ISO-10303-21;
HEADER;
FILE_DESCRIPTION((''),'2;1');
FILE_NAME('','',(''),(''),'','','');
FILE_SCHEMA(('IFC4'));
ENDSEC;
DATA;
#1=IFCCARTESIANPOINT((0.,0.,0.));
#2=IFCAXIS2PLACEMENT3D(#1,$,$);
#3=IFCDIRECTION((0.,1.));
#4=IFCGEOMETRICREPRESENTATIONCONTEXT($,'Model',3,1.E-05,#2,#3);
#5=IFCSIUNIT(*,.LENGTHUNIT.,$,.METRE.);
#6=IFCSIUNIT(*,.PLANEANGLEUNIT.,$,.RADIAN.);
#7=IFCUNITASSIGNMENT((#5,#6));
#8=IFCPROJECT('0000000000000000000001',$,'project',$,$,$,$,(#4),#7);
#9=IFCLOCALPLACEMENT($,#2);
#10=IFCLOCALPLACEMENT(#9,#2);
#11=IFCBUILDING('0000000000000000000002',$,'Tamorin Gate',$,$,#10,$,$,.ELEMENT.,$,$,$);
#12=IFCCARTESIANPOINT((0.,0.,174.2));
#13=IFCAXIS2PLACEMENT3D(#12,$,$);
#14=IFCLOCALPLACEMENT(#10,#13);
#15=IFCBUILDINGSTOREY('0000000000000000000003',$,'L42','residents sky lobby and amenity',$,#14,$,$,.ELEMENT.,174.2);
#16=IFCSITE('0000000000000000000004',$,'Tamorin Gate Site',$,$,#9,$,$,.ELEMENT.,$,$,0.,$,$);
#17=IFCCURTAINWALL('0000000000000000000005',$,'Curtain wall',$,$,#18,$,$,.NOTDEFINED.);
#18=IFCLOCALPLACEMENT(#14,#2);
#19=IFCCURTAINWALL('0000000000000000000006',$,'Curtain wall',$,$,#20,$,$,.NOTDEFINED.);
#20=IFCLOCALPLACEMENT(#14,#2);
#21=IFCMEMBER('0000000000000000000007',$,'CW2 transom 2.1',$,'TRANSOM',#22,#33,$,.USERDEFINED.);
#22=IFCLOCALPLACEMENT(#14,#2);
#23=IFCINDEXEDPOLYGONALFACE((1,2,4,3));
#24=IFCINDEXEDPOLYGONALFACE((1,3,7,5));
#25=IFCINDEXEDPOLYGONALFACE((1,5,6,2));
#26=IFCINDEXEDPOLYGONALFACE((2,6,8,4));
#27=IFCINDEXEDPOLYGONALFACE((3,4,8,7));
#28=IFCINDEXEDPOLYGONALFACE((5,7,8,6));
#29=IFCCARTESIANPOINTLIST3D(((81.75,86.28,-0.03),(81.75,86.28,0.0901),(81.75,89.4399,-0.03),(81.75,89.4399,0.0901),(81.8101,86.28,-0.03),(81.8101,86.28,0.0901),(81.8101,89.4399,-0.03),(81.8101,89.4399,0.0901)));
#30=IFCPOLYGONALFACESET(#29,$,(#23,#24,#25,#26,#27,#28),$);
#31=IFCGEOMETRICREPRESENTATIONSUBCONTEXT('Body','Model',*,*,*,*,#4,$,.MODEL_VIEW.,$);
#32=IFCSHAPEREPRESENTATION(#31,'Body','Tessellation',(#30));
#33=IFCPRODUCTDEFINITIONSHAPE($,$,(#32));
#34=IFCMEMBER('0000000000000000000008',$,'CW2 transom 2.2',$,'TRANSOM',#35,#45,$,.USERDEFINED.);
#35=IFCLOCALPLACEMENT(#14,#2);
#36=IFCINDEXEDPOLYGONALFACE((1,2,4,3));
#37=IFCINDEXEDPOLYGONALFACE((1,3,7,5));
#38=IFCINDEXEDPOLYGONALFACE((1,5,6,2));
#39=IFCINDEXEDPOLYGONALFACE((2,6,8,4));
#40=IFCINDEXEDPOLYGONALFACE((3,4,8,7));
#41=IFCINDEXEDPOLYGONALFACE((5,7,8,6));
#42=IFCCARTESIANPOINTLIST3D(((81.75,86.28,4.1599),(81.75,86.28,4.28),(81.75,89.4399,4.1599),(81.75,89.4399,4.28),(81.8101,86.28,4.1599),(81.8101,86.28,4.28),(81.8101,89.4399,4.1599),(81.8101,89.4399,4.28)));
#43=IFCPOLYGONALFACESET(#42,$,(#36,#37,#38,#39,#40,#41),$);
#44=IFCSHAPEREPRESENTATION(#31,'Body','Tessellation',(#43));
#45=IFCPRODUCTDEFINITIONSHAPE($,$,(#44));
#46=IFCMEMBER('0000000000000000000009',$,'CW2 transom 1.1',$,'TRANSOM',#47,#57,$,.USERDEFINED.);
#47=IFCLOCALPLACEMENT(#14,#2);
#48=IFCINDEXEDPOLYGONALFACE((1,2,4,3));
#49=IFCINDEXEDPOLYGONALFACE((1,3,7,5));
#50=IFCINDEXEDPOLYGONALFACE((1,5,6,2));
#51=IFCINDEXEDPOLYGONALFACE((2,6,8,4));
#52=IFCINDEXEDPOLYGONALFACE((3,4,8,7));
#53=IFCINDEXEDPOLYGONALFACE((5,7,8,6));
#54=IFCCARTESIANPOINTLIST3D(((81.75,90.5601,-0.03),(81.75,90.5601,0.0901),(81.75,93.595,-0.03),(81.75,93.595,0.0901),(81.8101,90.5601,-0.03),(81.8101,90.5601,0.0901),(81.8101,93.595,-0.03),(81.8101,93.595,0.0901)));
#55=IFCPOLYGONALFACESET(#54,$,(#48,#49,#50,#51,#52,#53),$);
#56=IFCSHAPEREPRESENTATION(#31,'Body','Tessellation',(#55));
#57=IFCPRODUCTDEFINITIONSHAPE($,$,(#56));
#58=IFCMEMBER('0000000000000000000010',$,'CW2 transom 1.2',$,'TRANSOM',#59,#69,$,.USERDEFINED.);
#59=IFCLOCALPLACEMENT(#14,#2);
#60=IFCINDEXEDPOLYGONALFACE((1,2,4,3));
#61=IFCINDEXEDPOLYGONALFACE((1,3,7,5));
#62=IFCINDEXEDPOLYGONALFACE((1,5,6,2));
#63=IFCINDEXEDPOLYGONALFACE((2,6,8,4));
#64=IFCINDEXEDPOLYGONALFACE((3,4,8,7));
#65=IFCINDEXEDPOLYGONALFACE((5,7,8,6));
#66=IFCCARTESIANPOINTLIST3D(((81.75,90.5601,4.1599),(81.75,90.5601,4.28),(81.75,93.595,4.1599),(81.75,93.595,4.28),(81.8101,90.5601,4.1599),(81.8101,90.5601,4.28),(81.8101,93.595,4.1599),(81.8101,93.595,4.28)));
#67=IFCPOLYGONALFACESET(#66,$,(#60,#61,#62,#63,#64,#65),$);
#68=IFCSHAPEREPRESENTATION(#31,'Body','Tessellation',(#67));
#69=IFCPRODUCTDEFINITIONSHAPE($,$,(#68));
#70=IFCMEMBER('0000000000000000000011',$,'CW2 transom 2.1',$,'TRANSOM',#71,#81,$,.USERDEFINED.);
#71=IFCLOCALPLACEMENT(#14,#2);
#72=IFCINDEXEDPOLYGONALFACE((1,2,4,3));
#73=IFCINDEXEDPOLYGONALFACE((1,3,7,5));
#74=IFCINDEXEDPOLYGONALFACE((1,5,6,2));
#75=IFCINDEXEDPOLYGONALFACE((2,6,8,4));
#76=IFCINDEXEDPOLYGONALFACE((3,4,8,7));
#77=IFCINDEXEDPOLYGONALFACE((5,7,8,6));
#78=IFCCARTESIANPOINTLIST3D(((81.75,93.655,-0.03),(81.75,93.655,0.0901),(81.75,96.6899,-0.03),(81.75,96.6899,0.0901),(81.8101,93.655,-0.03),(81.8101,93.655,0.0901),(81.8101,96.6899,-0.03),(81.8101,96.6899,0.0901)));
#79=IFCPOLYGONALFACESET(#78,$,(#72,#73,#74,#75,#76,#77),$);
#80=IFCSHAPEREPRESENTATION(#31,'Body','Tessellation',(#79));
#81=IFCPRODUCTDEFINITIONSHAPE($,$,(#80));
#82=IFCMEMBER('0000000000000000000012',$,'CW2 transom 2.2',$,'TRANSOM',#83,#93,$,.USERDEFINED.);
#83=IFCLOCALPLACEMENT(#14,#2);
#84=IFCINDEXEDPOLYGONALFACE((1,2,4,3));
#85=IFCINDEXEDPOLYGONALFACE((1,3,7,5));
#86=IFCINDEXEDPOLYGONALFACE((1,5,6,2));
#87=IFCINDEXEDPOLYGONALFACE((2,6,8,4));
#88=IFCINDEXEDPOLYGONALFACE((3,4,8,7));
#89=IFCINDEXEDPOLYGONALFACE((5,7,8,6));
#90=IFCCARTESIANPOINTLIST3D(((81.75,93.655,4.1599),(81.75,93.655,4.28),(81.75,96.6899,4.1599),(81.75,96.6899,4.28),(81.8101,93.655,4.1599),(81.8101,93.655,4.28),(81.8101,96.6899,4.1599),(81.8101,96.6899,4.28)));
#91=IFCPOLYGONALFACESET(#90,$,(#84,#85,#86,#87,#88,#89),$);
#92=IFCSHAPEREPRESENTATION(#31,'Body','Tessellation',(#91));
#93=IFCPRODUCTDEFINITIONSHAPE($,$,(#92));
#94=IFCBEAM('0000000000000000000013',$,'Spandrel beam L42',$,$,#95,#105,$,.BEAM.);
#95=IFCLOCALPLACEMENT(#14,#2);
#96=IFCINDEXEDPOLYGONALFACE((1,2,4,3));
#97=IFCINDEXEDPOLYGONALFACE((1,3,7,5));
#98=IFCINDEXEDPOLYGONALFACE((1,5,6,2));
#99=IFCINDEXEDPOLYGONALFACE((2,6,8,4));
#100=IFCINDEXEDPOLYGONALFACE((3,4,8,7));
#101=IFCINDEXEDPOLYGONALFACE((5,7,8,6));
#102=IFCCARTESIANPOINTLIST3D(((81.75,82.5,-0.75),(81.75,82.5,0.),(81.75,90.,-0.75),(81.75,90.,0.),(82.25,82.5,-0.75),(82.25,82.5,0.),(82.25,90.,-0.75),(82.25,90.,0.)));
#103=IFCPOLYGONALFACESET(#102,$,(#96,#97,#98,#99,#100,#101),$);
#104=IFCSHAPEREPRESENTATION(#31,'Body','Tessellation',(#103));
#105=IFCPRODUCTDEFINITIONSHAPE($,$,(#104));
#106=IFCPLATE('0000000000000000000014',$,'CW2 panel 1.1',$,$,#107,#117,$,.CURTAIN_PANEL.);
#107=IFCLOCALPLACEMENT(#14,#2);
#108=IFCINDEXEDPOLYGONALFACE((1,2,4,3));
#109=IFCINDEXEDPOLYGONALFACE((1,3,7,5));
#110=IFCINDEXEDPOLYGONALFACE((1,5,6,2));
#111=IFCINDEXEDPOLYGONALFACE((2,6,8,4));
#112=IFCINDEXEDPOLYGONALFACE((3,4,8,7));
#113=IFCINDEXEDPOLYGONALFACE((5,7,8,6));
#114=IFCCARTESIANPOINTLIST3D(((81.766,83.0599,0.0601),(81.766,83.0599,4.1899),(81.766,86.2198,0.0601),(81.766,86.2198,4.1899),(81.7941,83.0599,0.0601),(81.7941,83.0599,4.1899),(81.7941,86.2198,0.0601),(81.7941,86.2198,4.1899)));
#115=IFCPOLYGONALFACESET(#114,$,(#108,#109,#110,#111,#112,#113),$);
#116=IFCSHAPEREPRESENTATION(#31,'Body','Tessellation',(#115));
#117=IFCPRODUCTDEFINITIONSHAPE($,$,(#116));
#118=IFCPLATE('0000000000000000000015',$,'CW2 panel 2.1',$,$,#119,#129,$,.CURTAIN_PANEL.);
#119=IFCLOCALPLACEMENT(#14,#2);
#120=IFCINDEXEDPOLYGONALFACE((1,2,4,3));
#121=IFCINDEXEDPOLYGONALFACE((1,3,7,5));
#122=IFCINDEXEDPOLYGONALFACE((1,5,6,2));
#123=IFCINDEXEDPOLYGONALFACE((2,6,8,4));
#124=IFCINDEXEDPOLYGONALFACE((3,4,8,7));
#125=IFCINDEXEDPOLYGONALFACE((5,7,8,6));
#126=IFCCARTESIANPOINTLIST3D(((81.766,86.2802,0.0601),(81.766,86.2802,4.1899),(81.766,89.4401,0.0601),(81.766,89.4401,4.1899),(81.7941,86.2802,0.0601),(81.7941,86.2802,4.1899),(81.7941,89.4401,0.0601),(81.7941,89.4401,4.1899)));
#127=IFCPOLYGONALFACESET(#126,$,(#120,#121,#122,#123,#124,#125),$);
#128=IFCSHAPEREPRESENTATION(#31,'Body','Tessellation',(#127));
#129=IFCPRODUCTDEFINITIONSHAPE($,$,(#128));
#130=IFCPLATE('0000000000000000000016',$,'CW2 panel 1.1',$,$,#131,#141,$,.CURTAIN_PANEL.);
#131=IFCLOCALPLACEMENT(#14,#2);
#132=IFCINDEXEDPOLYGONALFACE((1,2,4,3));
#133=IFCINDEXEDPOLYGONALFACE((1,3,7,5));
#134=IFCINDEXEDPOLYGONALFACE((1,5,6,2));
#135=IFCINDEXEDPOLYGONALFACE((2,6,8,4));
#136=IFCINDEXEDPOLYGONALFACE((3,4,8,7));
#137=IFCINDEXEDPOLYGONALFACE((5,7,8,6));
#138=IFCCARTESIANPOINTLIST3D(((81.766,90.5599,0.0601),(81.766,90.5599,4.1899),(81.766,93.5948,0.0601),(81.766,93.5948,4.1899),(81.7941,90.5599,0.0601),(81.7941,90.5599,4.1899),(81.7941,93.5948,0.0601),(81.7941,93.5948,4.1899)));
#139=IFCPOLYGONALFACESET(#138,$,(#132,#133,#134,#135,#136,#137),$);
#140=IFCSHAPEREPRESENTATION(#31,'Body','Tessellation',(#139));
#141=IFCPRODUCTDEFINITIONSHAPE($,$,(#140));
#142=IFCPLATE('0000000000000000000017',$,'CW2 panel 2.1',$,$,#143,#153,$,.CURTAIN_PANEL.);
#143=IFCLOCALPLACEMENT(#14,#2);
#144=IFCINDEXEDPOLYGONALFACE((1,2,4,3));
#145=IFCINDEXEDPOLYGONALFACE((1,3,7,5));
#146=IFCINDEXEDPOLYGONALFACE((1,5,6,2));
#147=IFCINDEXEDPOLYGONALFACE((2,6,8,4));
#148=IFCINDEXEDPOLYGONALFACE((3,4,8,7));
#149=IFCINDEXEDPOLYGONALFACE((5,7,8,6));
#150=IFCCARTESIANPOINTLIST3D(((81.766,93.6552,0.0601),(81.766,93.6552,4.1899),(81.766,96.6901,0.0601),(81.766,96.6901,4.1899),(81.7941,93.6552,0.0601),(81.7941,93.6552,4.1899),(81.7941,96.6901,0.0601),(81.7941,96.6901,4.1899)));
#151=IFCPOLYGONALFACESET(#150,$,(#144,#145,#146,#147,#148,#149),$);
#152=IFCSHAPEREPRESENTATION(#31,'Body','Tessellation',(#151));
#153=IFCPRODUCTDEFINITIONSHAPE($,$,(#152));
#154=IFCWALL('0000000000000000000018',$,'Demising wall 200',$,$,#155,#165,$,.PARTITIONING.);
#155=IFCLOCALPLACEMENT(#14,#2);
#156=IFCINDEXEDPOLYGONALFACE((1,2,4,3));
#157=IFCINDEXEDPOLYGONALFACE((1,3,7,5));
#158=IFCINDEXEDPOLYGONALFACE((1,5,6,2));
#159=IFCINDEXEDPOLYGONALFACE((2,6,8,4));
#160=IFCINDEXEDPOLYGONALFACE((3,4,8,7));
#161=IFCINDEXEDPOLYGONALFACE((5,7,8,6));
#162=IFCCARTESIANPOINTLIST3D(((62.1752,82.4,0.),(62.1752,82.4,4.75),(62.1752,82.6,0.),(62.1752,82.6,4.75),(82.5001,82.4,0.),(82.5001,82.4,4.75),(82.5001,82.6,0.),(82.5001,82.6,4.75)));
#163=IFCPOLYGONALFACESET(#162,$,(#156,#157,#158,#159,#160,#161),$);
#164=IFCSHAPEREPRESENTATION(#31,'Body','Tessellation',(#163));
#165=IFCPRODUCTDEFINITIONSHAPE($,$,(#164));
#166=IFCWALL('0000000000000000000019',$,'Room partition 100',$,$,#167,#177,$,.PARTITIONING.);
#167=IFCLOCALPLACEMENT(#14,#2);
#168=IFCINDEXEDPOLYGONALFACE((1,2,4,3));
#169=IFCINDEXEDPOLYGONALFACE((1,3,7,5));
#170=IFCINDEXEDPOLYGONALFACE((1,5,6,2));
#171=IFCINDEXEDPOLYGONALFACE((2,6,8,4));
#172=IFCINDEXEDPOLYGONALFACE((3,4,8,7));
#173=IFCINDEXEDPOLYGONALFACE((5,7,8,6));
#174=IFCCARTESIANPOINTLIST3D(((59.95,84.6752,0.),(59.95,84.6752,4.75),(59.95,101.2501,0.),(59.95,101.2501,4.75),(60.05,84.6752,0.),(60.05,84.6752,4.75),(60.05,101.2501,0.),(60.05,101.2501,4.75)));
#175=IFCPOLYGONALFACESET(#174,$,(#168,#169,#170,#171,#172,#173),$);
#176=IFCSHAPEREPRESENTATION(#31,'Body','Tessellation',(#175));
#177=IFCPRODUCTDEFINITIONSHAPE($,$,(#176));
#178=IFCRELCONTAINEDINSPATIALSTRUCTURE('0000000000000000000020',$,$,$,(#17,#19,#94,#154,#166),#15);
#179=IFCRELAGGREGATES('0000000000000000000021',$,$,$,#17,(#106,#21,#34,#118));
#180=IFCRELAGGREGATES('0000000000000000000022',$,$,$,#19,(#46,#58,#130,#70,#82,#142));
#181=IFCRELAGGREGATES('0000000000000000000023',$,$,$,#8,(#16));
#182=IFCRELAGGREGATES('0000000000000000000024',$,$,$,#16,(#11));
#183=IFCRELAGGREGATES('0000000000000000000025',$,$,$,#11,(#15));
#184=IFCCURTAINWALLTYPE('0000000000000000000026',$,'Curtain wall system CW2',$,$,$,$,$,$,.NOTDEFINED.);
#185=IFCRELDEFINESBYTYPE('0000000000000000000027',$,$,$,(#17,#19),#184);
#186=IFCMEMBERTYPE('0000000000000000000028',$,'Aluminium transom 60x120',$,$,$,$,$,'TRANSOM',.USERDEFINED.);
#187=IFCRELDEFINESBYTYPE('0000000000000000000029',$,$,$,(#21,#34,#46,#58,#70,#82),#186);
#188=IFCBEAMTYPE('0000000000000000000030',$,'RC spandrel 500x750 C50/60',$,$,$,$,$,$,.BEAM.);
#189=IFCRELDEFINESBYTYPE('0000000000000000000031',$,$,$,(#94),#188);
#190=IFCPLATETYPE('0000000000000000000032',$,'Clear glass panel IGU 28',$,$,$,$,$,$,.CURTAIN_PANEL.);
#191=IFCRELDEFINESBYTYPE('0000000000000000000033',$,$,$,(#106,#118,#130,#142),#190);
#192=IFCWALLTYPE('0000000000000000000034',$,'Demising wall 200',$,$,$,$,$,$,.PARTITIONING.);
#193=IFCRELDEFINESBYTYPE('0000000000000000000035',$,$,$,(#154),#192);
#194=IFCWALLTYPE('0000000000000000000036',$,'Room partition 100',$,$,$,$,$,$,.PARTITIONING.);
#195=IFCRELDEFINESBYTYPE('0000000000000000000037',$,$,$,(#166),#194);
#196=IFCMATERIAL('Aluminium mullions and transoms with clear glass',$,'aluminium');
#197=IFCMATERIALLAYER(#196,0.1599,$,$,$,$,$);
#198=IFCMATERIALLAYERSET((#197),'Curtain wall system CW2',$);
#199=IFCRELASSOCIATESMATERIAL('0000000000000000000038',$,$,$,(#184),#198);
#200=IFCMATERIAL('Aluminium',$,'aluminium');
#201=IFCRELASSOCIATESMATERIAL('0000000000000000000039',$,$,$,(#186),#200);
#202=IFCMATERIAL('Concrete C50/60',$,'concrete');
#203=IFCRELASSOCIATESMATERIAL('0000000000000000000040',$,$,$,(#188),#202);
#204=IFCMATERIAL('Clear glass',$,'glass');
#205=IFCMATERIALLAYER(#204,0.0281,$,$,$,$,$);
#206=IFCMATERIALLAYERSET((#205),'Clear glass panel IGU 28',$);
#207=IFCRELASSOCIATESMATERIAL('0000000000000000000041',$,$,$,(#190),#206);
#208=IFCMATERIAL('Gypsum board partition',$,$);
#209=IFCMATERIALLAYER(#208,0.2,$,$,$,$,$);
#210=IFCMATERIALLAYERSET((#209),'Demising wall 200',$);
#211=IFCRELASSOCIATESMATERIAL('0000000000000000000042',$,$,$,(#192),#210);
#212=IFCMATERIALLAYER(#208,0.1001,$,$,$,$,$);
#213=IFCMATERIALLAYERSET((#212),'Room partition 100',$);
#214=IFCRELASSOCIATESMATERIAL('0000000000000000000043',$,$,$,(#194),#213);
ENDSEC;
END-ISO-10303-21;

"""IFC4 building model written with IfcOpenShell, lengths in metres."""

from ifc_helpers import new_model, si_unit, direction, frame, frame_2d, origin, origin_2d, place, context, subcontext, project, spatial, rectangle, extrude, material, layer, layer_set, material_profile, profile_set, type_object, element, aggregate, save


model = new_model("IFC4")

# Units and contexts
model_context = context("Model", 3, precision=1e-05, world=origin(), true_north=direction((0.0, 1.0)))
body_context = subcontext(model_context, "Body", "Model", "MODEL_VIEW")
ifc_project = project(units=[si_unit("LENGTHUNIT", "METRE"), si_unit("PLANEANGLEUNIT", "RADIAN")], contexts=[model_context])

# Site, building, storey
site_placement = place(None, origin())
site = spatial("IfcSite", under=ifc_project, at=site_placement, Name="Tamorin Gate Site", CompositionType="ELEMENT", RefElevation=0.0)
building_placement = place(site_placement, origin())
building = spatial("IfcBuilding", under=site, at=building_placement, Name="Tamorin Gate", CompositionType="ELEMENT")
storey_placement = place(building_placement, frame((0.0, 0.0, 174.2)))
storey = spatial("IfcBuildingStorey", under=building, at=storey_placement, Name="L42", Description="residents sky lobby and amenity", CompositionType="ELEMENT", Elevation=174.2)

# Shared definitions
ifc_material_1 = material(Name="Aluminium mullions and transoms with clear glass", Category="aluminium")
ifc_layer_1 = layer(ifc_material_1, 0.1599)
ifc_layer_set_1 = layer_set([ifc_layer_1], Name="Curtain wall system CW2")
curtain_wall_type = type_object("IfcCurtainWallType", Name="Curtain wall system CW2", PredefinedType="NOTDEFINED", material=ifc_layer_set_1)
ifc_material_2 = material(Name="Aluminium", Category="aluminium")

# Curtain walls
curtain_wall_1_placement = place(storey_placement, origin())
curtain_wall_1 = element("IfcCurtainWall", 1, at=curtain_wall_1_placement, inside=storey, type_object=curtain_wall_type, Name="Curtain wall", PredefinedType="NOTDEFINED")
curtain_wall_2_placement = place(storey_placement, origin())
curtain_wall_2 = element("IfcCurtainWall", 2, at=curtain_wall_2_placement, inside=storey, type_object=curtain_wall_type, Name="Curtain wall", PredefinedType="NOTDEFINED")

# Members
ifc_material_profile_1 = material_profile(ifc_material_2, rectangle(XDim=0.0601, YDim=0.1201, at=origin_2d()), Name="RECT 60x120")
ifc_profile_set_1 = profile_set([ifc_material_profile_1], Name="Aluminium")
member_type_1 = type_object("IfcMemberType", Name="Aluminium transom 60x120", ElementType="TRANSOM", PredefinedType="USERDEFINED", material=ifc_profile_set_1)
member_1_placement = place(storey_placement, frame((81.78, 86.28, 0.03), z_axis=(0.0, 1.0, 0.0), x_axis=(-1.0, 0.0, 0.0)))
member_1 = element("IfcMember", 3, at=member_1_placement, type_object=member_type_1, Name="CW2 transom 2.1", ObjectType="TRANSOM", PredefinedType="USERDEFINED", context=body_context, shape_type="SweptSolid", body=[
    extrude(rectangle(XDim=0.0601, YDim=0.1201, at=origin_2d()), origin(), (0.0, 0.0, 1.0), 3.1599),
])
member_2_placement = place(storey_placement, frame((81.78, 86.28, 4.22), z_axis=(0.0, 1.0, 0.0), x_axis=(-1.0, 0.0, 0.0)))
member_2 = element("IfcMember", 4, at=member_2_placement, type_object=member_type_1, Name="CW2 transom 2.2", ObjectType="TRANSOM", PredefinedType="USERDEFINED", context=body_context, shape_type="SweptSolid", body=[
    extrude(rectangle(XDim=0.0601, YDim=0.1201, at=origin_2d()), origin(), (0.0, 0.0, 1.0), 3.1599),
])
member_3_placement = place(storey_placement, frame((81.78, 90.5601, 0.03), z_axis=(0.0, 1.0, 0.0), x_axis=(-1.0, 0.0, 0.0)))
member_3 = element("IfcMember", 5, at=member_3_placement, type_object=member_type_1, Name="CW2 transom 1.1", ObjectType="TRANSOM", PredefinedType="USERDEFINED", context=body_context, shape_type="SweptSolid", body=[
    extrude(rectangle(XDim=0.0601, YDim=0.1201, at=origin_2d()), origin(), (0.0, 0.0, 1.0), 3.0349),
])
member_4_placement = place(storey_placement, frame((81.78, 90.5601, 4.22), z_axis=(0.0, 1.0, 0.0), x_axis=(-1.0, 0.0, 0.0)))
member_4 = element("IfcMember", 6, at=member_4_placement, type_object=member_type_1, Name="CW2 transom 1.2", ObjectType="TRANSOM", PredefinedType="USERDEFINED", context=body_context, shape_type="SweptSolid", body=[
    extrude(rectangle(XDim=0.0601, YDim=0.1201, at=origin_2d()), origin(), (0.0, 0.0, 1.0), 3.0349),
])
member_5_placement = place(storey_placement, frame((81.78, 93.655, 0.03), z_axis=(0.0, 1.0, 0.0), x_axis=(-1.0, 0.0, 0.0)))
member_5 = element("IfcMember", 7, at=member_5_placement, type_object=member_type_1, Name="CW2 transom 2.1", ObjectType="TRANSOM", PredefinedType="USERDEFINED", context=body_context, shape_type="SweptSolid", body=[
    extrude(rectangle(XDim=0.0601, YDim=0.1201, at=origin_2d()), origin(), (0.0, 0.0, 1.0), 3.0349),
])
member_6_placement = place(storey_placement, frame((81.78, 93.655, 4.22), z_axis=(0.0, 1.0, 0.0), x_axis=(-1.0, 0.0, 0.0)))
member_6 = element("IfcMember", 8, at=member_6_placement, type_object=member_type_1, Name="CW2 transom 2.2", ObjectType="TRANSOM", PredefinedType="USERDEFINED", context=body_context, shape_type="SweptSolid", body=[
    extrude(rectangle(XDim=0.0601, YDim=0.1201, at=origin_2d()), origin(), (0.0, 0.0, 1.0), 3.0349),
])

# Beam
ifc_material_3 = material(Name="Concrete C50/60", Category="concrete")
ifc_material_profile_2 = material_profile(ifc_material_3, rectangle(XDim=0.5, YDim=0.75, at=origin_2d()), Name="RC 500x750")
ifc_profile_set_2 = profile_set([ifc_material_profile_2], Name="Concrete C50/60")
beam_type = type_object("IfcBeamType", Name="RC spandrel 500x750 C50/60", PredefinedType="BEAM", material=ifc_profile_set_2)
beam_placement = place(storey_placement, frame((82.0, 82.5, -0.375), z_axis=(0.0, 1.0, 0.0), x_axis=(-1.0, 0.0, 0.0)))
element("IfcBeam", 9, at=beam_placement, inside=storey, type_object=beam_type, Name="Spandrel beam L42", PredefinedType="BEAM", context=body_context, shape_type="SweptSolid", body=[
    extrude(rectangle(XDim=0.5, YDim=0.75, at=origin_2d()), origin(), (0.0, 0.0, 1.0), 7.5),
])

# Plates
ifc_material_4 = material(Name="Clear glass", Category="glass")
ifc_layer_2 = layer(ifc_material_4, 0.0281)
ifc_layer_set_2 = layer_set([ifc_layer_2], Name="Clear glass panel IGU 28")
plate_type = type_object("IfcPlateType", Name="Clear glass panel IGU 28", PredefinedType="CURTAIN_PANEL", material=ifc_layer_set_2)
plate_1_placement = place(storey_placement, frame((81.78, 84.6399, 0.0601), z_axis=(0.0, 0.0, 1.0), x_axis=(0.0, 1.0, 0.0)))
plate_1 = element("IfcPlate", 10, at=plate_1_placement, type_object=plate_type, Name="CW2 panel 1.1", PredefinedType="CURTAIN_PANEL", context=body_context, shape_type="SweptSolid", body=[
    extrude(rectangle(XDim=3.1599, YDim=0.0281, at=origin_2d()), origin(), (0.0, 0.0, 1.0), 4.1299),
])
plate_2_placement = place(storey_placement, frame((81.78, 87.8601, 0.0601), z_axis=(0.0, 0.0, 1.0), x_axis=(0.0, 1.0, 0.0)))
plate_2 = element("IfcPlate", 11, at=plate_2_placement, type_object=plate_type, Name="CW2 panel 2.1", PredefinedType="CURTAIN_PANEL", context=body_context, shape_type="SweptSolid", body=[
    extrude(rectangle(XDim=3.1599, YDim=0.0281, at=origin_2d()), origin(), (0.0, 0.0, 1.0), 4.1299),
])
aggregate(curtain_wall_1, [plate_1, member_1, member_2, plate_2])
plate_3_placement = place(storey_placement, frame((81.78, 92.0774, 0.0601), z_axis=(0.0, 0.0, 1.0), x_axis=(0.0, 1.0, 0.0)))
plate_3 = element("IfcPlate", 12, at=plate_3_placement, type_object=plate_type, Name="CW2 panel 1.1", PredefinedType="CURTAIN_PANEL", context=body_context, shape_type="SweptSolid", body=[
    extrude(rectangle(XDim=3.0349, YDim=0.0281, at=origin_2d()), origin(), (0.0, 0.0, 1.0), 4.1299),
])
plate_4_placement = place(storey_placement, frame((81.78, 95.1726, 0.0601), z_axis=(0.0, 0.0, 1.0), x_axis=(0.0, 1.0, 0.0)))
plate_4 = element("IfcPlate", 13, at=plate_4_placement, type_object=plate_type, Name="CW2 panel 2.1", PredefinedType="CURTAIN_PANEL", context=body_context, shape_type="SweptSolid", body=[
    extrude(rectangle(XDim=3.0349, YDim=0.0281, at=origin_2d()), origin(), (0.0, 0.0, 1.0), 4.1299),
])
aggregate(curtain_wall_2, [member_3, member_4, plate_3, member_5, member_6, plate_4])

# Walls
ifc_material_5 = material(Name="Gypsum board partition")
ifc_layer_3 = layer(ifc_material_5, 0.2)
ifc_layer_set_3 = layer_set([ifc_layer_3], Name="Demising wall 200")
wall_type_1 = type_object("IfcWallType", Name="Demising wall 200", PredefinedType="PARTITIONING", material=ifc_layer_set_3)
wall_1_placement = place(storey_placement, frame((62.175, 82.5, 0.0), z_axis=(0.0, 0.0, 1.0), x_axis=(1.0, 0.0, 0.0)))
element("IfcWall", 14, at=wall_1_placement, inside=storey, type_object=wall_type_1, Name="Demising wall 200", PredefinedType="PARTITIONING", context=body_context, shape_type="SweptSolid", body=[
    extrude(rectangle(XDim=20.325, YDim=0.2, at=frame_2d((10.1626, 0.0))), origin(), (0.0, 0.0, 1.0), 4.75),
])
ifc_layer_4 = layer(ifc_material_5, 0.1001)
ifc_layer_set_4 = layer_set([ifc_layer_4], Name="Room partition 100")
wall_type_2 = type_object("IfcWallType", Name="Room partition 100", PredefinedType="PARTITIONING", material=ifc_layer_set_4)
wall_2_placement = place(storey_placement, frame((60.0, 84.675, 0.0), z_axis=(0.0, 0.0, 1.0), x_axis=(0.0, 1.0, 0.0)))
element("IfcWall", 15, at=wall_2_placement, inside=storey, type_object=wall_type_2, Name="Room partition 100", PredefinedType="PARTITIONING", context=body_context, shape_type="SweptSolid", body=[
    extrude(rectangle(XDim=16.575, YDim=0.1001, at=frame_2d((8.2876, 0.0))), origin(), (0.0, 0.0, 1.0), 4.75),
])

save(model, "model.ifc")
